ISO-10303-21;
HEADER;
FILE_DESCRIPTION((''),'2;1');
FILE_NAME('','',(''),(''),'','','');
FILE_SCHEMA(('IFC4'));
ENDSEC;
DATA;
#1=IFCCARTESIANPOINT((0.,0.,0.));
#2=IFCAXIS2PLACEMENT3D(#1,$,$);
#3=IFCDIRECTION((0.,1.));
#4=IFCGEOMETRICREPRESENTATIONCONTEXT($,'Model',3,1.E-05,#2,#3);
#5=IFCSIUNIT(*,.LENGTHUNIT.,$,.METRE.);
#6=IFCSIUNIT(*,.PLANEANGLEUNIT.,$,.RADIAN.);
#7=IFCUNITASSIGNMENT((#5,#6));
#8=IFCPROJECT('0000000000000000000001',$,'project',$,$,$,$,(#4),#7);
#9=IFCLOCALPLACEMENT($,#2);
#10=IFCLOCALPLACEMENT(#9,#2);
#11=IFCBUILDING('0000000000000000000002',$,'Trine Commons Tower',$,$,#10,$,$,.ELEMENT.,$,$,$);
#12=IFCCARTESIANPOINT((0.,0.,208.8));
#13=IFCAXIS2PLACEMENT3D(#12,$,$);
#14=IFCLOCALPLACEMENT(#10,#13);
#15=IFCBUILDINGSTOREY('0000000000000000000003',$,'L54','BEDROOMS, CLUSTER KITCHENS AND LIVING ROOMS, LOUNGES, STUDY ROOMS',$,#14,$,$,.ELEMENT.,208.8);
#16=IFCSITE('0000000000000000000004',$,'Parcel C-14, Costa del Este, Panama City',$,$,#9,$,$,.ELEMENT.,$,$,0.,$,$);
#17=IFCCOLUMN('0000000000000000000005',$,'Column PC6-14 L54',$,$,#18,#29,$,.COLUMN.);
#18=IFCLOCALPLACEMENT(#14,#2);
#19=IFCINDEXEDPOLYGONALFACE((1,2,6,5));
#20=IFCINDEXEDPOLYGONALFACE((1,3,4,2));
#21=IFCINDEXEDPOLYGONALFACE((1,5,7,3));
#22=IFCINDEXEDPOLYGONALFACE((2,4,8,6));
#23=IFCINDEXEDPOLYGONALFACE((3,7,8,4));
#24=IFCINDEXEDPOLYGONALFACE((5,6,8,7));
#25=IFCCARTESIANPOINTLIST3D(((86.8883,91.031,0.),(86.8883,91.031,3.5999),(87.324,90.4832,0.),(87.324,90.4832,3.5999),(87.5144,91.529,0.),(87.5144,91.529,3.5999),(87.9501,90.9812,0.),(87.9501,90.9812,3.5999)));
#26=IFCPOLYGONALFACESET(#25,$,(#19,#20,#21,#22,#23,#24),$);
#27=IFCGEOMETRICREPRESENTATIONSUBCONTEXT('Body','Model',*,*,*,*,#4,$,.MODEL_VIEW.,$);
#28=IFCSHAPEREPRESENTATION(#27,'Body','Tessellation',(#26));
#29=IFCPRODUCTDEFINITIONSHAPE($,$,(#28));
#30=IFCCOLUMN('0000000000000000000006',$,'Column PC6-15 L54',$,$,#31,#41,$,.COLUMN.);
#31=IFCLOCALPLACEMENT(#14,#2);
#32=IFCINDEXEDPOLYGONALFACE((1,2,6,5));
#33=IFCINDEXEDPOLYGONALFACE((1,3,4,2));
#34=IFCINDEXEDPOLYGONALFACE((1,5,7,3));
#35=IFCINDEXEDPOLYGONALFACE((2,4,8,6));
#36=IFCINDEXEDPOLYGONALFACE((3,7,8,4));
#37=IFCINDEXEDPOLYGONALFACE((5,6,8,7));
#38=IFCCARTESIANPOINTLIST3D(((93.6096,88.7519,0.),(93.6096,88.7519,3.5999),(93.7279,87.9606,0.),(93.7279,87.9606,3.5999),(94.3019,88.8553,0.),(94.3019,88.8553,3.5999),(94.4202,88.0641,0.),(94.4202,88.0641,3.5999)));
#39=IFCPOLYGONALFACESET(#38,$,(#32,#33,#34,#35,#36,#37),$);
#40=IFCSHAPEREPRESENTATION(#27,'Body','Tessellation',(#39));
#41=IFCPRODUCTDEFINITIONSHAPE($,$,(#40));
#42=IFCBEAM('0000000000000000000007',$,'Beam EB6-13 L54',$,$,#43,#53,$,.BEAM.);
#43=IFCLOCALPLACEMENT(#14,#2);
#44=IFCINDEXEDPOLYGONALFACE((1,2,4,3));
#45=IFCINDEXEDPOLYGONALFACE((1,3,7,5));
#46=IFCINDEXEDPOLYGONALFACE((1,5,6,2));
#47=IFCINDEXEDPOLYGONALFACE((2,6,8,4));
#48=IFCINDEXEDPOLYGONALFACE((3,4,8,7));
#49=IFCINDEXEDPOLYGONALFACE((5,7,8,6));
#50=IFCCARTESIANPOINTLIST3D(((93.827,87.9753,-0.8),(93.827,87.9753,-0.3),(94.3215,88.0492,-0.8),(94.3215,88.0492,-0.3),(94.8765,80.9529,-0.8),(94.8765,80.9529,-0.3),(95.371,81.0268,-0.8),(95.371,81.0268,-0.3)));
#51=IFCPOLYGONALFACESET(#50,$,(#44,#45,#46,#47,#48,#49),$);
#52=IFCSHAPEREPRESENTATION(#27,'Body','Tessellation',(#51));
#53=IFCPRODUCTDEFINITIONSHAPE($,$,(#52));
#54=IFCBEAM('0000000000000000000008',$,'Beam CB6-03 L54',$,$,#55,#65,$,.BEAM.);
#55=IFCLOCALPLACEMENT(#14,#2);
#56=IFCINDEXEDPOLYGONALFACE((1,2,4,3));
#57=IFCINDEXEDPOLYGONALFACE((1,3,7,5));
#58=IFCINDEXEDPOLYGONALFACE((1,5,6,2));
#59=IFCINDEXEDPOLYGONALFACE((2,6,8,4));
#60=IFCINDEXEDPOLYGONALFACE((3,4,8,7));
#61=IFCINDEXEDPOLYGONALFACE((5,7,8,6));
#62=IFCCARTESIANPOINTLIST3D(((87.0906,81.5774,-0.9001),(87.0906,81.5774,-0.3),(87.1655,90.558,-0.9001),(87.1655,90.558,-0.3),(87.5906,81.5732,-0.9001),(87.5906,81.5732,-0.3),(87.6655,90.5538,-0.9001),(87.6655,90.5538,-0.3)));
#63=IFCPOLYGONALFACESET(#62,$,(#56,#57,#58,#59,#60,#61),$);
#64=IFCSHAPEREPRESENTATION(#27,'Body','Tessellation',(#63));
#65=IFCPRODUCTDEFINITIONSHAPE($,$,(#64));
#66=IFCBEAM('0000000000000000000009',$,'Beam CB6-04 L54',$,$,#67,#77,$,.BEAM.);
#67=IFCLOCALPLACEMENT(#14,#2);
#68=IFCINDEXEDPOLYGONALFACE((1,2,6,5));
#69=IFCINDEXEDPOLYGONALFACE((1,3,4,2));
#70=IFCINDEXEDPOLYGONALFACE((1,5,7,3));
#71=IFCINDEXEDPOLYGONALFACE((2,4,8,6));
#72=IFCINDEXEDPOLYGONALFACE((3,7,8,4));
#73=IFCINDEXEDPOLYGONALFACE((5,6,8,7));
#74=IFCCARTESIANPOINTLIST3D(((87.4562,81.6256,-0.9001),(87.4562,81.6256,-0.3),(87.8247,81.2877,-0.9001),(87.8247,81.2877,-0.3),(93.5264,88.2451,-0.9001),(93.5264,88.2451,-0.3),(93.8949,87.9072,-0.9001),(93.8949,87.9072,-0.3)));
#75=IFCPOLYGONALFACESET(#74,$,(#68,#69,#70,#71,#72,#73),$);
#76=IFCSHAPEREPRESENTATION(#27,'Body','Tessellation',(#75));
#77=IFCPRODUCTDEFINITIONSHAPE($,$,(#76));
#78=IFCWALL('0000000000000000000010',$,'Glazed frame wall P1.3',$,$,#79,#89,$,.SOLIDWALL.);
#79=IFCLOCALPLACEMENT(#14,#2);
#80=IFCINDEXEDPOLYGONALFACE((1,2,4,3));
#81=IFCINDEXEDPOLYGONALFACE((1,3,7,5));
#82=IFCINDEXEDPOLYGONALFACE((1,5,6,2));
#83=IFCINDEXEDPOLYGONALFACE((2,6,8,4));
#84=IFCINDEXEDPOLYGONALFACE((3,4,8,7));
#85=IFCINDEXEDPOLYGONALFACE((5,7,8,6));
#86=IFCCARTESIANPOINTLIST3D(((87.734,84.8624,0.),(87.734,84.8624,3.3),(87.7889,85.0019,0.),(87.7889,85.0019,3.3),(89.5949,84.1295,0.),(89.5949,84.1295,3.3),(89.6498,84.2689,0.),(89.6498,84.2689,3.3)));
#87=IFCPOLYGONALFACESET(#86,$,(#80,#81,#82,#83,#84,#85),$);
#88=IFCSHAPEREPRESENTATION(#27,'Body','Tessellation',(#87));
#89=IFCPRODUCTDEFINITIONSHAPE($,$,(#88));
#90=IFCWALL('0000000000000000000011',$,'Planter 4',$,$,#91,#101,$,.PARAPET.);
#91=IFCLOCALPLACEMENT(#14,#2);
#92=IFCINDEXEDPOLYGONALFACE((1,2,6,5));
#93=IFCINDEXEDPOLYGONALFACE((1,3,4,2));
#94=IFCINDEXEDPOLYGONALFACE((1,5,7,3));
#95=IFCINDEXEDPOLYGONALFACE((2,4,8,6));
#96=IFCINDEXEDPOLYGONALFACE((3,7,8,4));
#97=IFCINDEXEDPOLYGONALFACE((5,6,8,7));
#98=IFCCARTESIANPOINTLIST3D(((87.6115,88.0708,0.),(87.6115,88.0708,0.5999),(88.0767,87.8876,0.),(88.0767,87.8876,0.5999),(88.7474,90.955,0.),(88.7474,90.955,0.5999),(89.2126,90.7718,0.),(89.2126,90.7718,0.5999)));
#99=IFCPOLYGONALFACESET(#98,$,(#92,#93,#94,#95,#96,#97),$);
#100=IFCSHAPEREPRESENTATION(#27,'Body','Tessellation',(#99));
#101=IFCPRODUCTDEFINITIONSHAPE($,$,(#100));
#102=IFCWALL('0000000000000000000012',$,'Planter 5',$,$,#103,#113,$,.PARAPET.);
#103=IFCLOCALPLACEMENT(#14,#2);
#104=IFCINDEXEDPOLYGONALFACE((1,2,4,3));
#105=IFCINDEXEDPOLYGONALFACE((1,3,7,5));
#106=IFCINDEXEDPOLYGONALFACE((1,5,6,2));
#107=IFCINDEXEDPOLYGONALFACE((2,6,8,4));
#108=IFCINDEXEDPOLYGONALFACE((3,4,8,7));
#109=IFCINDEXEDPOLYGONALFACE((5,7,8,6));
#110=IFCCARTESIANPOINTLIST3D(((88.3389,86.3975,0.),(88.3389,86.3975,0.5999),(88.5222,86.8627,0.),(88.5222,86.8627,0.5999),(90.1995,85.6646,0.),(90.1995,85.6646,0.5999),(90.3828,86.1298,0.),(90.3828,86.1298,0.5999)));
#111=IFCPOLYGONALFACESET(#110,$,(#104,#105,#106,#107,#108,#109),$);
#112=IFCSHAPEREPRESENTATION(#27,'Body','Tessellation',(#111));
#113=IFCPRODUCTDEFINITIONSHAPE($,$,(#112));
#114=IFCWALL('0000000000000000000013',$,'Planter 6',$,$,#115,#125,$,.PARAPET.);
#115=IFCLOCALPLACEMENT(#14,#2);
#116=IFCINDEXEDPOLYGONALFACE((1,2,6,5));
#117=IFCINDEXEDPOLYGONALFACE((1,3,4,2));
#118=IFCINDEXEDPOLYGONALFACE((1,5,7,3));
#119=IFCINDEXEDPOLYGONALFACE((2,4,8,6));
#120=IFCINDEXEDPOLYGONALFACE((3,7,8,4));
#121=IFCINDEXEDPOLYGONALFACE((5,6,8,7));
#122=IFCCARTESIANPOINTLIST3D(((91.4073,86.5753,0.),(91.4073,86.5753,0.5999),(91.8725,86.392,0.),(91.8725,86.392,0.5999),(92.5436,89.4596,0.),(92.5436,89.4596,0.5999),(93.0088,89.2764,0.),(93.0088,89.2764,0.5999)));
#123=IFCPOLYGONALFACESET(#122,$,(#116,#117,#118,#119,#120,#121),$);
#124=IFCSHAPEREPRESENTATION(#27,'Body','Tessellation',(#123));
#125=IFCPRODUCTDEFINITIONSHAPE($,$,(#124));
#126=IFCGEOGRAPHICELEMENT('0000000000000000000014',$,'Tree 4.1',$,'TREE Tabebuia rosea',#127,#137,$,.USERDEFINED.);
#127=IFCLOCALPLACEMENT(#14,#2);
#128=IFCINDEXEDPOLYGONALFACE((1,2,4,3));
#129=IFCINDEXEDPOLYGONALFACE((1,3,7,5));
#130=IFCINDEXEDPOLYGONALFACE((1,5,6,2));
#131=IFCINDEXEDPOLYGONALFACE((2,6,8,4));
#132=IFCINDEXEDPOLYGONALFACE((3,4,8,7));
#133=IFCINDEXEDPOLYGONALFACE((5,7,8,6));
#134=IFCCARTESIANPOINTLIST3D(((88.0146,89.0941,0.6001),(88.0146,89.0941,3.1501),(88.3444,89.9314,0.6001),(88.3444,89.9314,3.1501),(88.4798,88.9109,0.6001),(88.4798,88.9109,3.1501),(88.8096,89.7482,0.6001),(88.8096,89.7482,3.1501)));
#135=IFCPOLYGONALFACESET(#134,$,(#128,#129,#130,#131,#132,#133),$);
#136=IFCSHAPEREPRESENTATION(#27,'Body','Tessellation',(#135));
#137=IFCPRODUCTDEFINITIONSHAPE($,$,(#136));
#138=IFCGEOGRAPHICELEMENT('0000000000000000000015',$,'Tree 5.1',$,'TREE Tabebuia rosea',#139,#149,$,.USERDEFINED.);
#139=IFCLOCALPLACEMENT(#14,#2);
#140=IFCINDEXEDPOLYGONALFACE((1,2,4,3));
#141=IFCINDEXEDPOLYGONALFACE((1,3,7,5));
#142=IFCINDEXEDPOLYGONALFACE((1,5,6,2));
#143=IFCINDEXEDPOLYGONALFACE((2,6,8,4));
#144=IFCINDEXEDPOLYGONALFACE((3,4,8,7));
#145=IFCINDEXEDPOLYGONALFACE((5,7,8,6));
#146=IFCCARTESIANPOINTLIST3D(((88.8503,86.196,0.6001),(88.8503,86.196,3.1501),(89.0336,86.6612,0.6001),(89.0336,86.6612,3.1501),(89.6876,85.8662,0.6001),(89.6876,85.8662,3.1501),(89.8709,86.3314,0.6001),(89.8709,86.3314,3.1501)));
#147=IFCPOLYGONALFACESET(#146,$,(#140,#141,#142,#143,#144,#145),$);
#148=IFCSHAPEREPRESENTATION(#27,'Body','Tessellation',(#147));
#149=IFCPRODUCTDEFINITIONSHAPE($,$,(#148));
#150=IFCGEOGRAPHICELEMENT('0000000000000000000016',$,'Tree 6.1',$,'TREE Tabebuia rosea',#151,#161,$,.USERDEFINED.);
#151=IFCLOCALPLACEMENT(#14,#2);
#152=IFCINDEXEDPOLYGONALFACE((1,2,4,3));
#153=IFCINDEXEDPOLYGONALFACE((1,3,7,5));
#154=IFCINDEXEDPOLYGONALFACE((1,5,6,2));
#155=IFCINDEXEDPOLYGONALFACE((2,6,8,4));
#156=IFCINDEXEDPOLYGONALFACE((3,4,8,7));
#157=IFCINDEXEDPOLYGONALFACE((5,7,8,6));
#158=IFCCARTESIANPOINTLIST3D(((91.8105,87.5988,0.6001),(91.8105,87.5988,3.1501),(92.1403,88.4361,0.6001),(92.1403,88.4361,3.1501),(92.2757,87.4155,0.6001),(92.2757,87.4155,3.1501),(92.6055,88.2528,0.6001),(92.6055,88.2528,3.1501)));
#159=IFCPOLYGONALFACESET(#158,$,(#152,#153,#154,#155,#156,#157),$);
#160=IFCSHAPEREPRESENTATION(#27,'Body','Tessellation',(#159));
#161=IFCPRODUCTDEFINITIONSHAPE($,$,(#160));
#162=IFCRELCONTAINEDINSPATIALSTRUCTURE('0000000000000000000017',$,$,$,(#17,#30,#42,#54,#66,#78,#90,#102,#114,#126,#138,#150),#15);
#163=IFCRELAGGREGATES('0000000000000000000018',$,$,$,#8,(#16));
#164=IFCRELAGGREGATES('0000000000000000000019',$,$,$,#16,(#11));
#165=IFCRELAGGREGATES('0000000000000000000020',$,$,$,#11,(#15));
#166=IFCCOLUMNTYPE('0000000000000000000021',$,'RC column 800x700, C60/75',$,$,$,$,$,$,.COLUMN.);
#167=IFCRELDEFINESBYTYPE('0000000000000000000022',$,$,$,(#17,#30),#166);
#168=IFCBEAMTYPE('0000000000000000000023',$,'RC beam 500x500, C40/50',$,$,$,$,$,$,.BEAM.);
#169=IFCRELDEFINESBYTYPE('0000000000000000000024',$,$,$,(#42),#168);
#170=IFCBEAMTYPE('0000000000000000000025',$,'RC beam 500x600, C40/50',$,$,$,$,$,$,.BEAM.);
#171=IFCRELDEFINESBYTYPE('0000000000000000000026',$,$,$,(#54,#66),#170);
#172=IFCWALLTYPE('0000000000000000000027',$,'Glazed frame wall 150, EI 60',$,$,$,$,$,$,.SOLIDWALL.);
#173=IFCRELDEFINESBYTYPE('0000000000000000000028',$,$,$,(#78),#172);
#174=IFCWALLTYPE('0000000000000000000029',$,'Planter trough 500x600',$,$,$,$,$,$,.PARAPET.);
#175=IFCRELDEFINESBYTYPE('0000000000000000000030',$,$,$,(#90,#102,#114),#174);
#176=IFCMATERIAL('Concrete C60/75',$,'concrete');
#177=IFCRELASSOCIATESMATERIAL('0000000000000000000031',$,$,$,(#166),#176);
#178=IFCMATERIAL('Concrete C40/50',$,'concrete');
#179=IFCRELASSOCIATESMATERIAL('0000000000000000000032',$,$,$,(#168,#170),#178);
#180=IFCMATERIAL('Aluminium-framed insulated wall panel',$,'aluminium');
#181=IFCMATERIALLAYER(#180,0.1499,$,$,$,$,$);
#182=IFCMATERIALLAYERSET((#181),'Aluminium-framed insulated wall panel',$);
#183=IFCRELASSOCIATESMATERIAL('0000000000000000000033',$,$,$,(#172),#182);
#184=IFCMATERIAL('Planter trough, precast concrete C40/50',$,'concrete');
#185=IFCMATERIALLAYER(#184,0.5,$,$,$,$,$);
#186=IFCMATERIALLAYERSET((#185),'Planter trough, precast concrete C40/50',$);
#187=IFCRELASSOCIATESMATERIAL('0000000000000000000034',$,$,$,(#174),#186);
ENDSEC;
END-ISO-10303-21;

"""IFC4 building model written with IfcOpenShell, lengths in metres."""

from ifc_helpers import new_model, si_unit, direction, frame, frame_2d, origin, origin_2d, place, context, subcontext, project, spatial, polyline, rectangle, outline, extrude, material, layer, layer_set, material_profile, profile_set, type_object, element, save


model = new_model("IFC4")

# Units and contexts
model_context = context("Model", 3, precision=1e-05, world=origin(), true_north=direction((0.0, 1.0)))
body_context = subcontext(model_context, "Body", "Model", "MODEL_VIEW")
ifc_project = project(units=[si_unit("LENGTHUNIT", "METRE"), si_unit("PLANEANGLEUNIT", "RADIAN")], contexts=[model_context])

# Site, building, storey
site_placement = place(None, origin())
site = spatial("IfcSite", under=ifc_project, at=site_placement, Name="Parcel C-14, Costa del Este, Panama City", CompositionType="ELEMENT", RefElevation=0.0)
building_placement = place(site_placement, origin())
building = spatial("IfcBuilding", under=site, at=building_placement, Name="Trine Commons Tower", CompositionType="ELEMENT")
storey_placement = place(building_placement, frame((0.0, 0.0, 208.8)))
storey = spatial("IfcBuildingStorey", under=building, at=storey_placement, Name="L54", Description="BEDROOMS, CLUSTER KITCHENS AND LIVING ROOMS, LOUNGES, STUDY ROOMS", CompositionType="ELEMENT", Elevation=208.8)

# Columns
ifc_material_1 = material(Name="Concrete C60/75", Category="concrete")
ifc_material_profile_1 = material_profile(ifc_material_1, rectangle(XDim=0.8, YDim=0.7, at=origin_2d()), Name="RC 800x700")
ifc_profile_set_1 = profile_set([ifc_material_profile_1], Name="Concrete C60/75")
column_type = type_object("IfcColumnType", Name="RC column 800x700, C60/75", PredefinedType="COLUMN", material=ifc_profile_set_1)
for number, where, z_axis, x_axis, name in (
    (1, (87.4192, 91.0061, 0.0), (0.0, 0.0, 1.0), (0.782608, 0.622515, 0.0), "Column PC6-14 L54"),
    (2, (94.0149, 88.408, 0.0), (0.0, 0.0, 1.0), (-0.147809, 0.989016, 0.0), "Column PC6-15 L54"),
):
    element("IfcColumn", number, at=place(storey_placement, frame(where, z_axis=z_axis, x_axis=x_axis)), inside=storey, type_object=column_type, Name=name, PredefinedType="COLUMN", context=body_context, shape_type="SweptSolid", body=[
        extrude(rectangle(XDim=0.8, YDim=0.7, at=origin_2d()), origin(), (0.0, 0.0, 1.0), 3.5999),
    ])

# Beams
ifc_material_2 = material(Name="Concrete C40/50", Category="concrete")
ifc_material_profile_2 = material_profile(ifc_material_2, rectangle(XDim=0.5, YDim=0.5, at=origin_2d()), Name="RC 500x500")
ifc_profile_set_2 = profile_set([ifc_material_profile_2], Name="Concrete C40/50")
beam_type_1 = type_object("IfcBeamType", Name="RC beam 500x500, C40/50", PredefinedType="BEAM", material=ifc_profile_set_2)
beam_1_placement = place(storey_placement, frame((94.0742, 88.0122, -0.55), z_axis=(0.147816, -0.989015, 0.0), x_axis=(0.989015, 0.147816, 0.0)))
element("IfcBeam", 3, at=beam_1_placement, inside=storey, type_object=beam_type_1, Name="Beam EB6-13 L54", PredefinedType="BEAM", context=body_context, shape_type="SweptSolid", body=[
    extrude(rectangle(XDim=0.5, YDim=0.5, at=origin_2d()), origin(), (0.0, 0.0, 1.0), 7.1003),
])
ifc_material_profile_3 = material_profile(ifc_material_2, rectangle(XDim=0.5, YDim=0.6001, at=origin_2d()), Name="RC 500x600")
ifc_profile_set_3 = profile_set([ifc_material_profile_3], Name="Concrete C40/50")
beam_type_2 = type_object("IfcBeamType", Name="RC beam 500x600, C40/50", PredefinedType="BEAM", material=ifc_profile_set_3)
beam_2_placement = place(storey_placement, frame((87.4155, 90.5559, -0.6001), z_axis=(-0.008346, -0.999965, 0.0), x_axis=(0.999965, -0.008346, 0.0)))
element("IfcBeam", 4, at=beam_2_placement, inside=storey, type_object=beam_type_2, Name="Beam CB6-03 L54", PredefinedType="BEAM", context=body_context, shape_type="SweptSolid", body=[
    extrude(rectangle(XDim=0.5, YDim=0.6001, at=origin_2d()), origin(), (0.0, 0.0, 1.0), 8.981),
])
beam_3_placement = place(storey_placement, frame((93.7107, 88.0762, -0.6001), z_axis=(-0.675865, -0.737025, 0.0), x_axis=(0.737025, -0.675865, 0.0)))
element("IfcBeam", 5, at=beam_3_placement, inside=storey, type_object=beam_type_2, Name="Beam CB6-04 L54", PredefinedType="BEAM", context=body_context, shape_type="SweptSolid", body=[
    extrude(rectangle(XDim=0.5, YDim=0.6001, at=origin_2d()), origin(), (0.0, 0.0, 1.0), 8.9814),
])

# Walls
ifc_material_3 = material(Name="Aluminium-framed insulated wall panel", Category="aluminium")
ifc_layer_1 = layer(ifc_material_3, 0.1499)
ifc_layer_set_1 = layer_set([ifc_layer_1], Name="Aluminium-framed insulated wall panel")
wall_type_1 = type_object("IfcWallType", Name="Glazed frame wall 150, EI 60", PredefinedType="SOLIDWALL", material=ifc_layer_set_1)
wall_1_placement = place(storey_placement, frame((87.7615, 84.9321, 0.0), z_axis=(0.0, 0.0, 1.0), x_axis=(0.930434, -0.36646, 0.0)))
element("IfcWall", 6, at=wall_1_placement, inside=storey, type_object=wall_type_1, Name="Glazed frame wall P1.3", PredefinedType="SOLIDWALL", context=body_context, shape_type="SweptSolid", body=[
    extrude(outline(polyline([(0.0, -0.075), (2.0, -0.075), (2.0, 0.075), (0.0, 0.075), (0.0, -0.075)])), origin(), (0.0, 0.0, 1.0), 3.3),
])
ifc_material_4 = material(Name="Planter trough, precast concrete C40/50", Category="concrete")
ifc_layer_2 = layer(ifc_material_4, 0.5)
ifc_layer_set_2 = layer_set([ifc_layer_2], Name="Planter trough, precast concrete C40/50")
wall_type_2 = type_object("IfcWallType", Name="Planter trough 500x600", PredefinedType="PARAPET", material=ifc_layer_set_2)
wall_2_placement = place(storey_placement, frame((88.98, 90.8633, 0.0), z_axis=(0.0, 0.0, 1.0), x_axis=(-0.366456, -0.930435, 0.0)))
element("IfcWall", 7, at=wall_2_placement, inside=storey, type_object=wall_type_2, Name="Planter 4", PredefinedType="PARAPET", context=body_context, shape_type="SweptSolid", body=[
    extrude(rectangle(XDim=3.0999, YDim=0.5, at=frame_2d((1.5498, 0.0))), origin(), (0.0, 0.0, 1.0), 0.5999),
])
wall_3_placement = place(storey_placement, frame((88.4304, 86.6301, 0.0), z_axis=(0.0, 0.0, 1.0), x_axis=(0.930417, -0.366502, 0.0)))
element("IfcWall", 8, at=wall_3_placement, inside=storey, type_object=wall_type_2, Name="Planter 5", PredefinedType="PARAPET", context=body_context, shape_type="SweptSolid", body=[
    extrude(rectangle(XDim=1.9998, YDim=0.5, at=frame_2d((1.0, 0.0))), origin(), (0.0, 0.0, 1.0), 0.5999),
])
wall_4_placement = place(storey_placement, frame((91.6399, 86.4836, 0.0), z_axis=(0.0, 0.0, 1.0), x_axis=(0.366525, 0.930408, 0.0)))
element("IfcWall", 9, at=wall_4_placement, inside=storey, type_object=wall_type_2, Name="Planter 6", PredefinedType="PARAPET", context=body_context, shape_type="SweptSolid", body=[
    extrude(rectangle(XDim=3.1001, YDim=0.5, at=frame_2d((1.55, 0.0))), origin(), (0.0, 0.0, 1.0), 0.5999),
])

# Geographic elements
for number, where, z_axis, x_axis, name in (
    (10, (88.4121, 89.4211, 0.6001), (0.0, 0.0, 1.0), (-0.366495, -0.93042, 0.0), "Tree 4.1"),
    (11, (89.3606, 86.2637, 0.6001), (0.0, 0.0, 1.0), (0.930417, -0.366503, 0.0), "Tree 5.1"),
    (12, (92.208, 87.9258, 0.6001), (0.0, 0.0, 1.0), (0.366521, 0.93041, 0.0), "Tree 6.1"),
):
    element("IfcGeographicElement", number, at=place(storey_placement, frame(where, z_axis=z_axis, x_axis=x_axis)), inside=storey, Name=name, ObjectType="TREE Tabebuia rosea", PredefinedType="USERDEFINED", context=body_context, shape_type="SweptSolid", body=[
        extrude(rectangle(XDim=0.8999, YDim=0.5, at=origin_2d()), origin(), (0.0, 0.0, 1.0), 2.55),
    ])

save(model, "model.ifc")
